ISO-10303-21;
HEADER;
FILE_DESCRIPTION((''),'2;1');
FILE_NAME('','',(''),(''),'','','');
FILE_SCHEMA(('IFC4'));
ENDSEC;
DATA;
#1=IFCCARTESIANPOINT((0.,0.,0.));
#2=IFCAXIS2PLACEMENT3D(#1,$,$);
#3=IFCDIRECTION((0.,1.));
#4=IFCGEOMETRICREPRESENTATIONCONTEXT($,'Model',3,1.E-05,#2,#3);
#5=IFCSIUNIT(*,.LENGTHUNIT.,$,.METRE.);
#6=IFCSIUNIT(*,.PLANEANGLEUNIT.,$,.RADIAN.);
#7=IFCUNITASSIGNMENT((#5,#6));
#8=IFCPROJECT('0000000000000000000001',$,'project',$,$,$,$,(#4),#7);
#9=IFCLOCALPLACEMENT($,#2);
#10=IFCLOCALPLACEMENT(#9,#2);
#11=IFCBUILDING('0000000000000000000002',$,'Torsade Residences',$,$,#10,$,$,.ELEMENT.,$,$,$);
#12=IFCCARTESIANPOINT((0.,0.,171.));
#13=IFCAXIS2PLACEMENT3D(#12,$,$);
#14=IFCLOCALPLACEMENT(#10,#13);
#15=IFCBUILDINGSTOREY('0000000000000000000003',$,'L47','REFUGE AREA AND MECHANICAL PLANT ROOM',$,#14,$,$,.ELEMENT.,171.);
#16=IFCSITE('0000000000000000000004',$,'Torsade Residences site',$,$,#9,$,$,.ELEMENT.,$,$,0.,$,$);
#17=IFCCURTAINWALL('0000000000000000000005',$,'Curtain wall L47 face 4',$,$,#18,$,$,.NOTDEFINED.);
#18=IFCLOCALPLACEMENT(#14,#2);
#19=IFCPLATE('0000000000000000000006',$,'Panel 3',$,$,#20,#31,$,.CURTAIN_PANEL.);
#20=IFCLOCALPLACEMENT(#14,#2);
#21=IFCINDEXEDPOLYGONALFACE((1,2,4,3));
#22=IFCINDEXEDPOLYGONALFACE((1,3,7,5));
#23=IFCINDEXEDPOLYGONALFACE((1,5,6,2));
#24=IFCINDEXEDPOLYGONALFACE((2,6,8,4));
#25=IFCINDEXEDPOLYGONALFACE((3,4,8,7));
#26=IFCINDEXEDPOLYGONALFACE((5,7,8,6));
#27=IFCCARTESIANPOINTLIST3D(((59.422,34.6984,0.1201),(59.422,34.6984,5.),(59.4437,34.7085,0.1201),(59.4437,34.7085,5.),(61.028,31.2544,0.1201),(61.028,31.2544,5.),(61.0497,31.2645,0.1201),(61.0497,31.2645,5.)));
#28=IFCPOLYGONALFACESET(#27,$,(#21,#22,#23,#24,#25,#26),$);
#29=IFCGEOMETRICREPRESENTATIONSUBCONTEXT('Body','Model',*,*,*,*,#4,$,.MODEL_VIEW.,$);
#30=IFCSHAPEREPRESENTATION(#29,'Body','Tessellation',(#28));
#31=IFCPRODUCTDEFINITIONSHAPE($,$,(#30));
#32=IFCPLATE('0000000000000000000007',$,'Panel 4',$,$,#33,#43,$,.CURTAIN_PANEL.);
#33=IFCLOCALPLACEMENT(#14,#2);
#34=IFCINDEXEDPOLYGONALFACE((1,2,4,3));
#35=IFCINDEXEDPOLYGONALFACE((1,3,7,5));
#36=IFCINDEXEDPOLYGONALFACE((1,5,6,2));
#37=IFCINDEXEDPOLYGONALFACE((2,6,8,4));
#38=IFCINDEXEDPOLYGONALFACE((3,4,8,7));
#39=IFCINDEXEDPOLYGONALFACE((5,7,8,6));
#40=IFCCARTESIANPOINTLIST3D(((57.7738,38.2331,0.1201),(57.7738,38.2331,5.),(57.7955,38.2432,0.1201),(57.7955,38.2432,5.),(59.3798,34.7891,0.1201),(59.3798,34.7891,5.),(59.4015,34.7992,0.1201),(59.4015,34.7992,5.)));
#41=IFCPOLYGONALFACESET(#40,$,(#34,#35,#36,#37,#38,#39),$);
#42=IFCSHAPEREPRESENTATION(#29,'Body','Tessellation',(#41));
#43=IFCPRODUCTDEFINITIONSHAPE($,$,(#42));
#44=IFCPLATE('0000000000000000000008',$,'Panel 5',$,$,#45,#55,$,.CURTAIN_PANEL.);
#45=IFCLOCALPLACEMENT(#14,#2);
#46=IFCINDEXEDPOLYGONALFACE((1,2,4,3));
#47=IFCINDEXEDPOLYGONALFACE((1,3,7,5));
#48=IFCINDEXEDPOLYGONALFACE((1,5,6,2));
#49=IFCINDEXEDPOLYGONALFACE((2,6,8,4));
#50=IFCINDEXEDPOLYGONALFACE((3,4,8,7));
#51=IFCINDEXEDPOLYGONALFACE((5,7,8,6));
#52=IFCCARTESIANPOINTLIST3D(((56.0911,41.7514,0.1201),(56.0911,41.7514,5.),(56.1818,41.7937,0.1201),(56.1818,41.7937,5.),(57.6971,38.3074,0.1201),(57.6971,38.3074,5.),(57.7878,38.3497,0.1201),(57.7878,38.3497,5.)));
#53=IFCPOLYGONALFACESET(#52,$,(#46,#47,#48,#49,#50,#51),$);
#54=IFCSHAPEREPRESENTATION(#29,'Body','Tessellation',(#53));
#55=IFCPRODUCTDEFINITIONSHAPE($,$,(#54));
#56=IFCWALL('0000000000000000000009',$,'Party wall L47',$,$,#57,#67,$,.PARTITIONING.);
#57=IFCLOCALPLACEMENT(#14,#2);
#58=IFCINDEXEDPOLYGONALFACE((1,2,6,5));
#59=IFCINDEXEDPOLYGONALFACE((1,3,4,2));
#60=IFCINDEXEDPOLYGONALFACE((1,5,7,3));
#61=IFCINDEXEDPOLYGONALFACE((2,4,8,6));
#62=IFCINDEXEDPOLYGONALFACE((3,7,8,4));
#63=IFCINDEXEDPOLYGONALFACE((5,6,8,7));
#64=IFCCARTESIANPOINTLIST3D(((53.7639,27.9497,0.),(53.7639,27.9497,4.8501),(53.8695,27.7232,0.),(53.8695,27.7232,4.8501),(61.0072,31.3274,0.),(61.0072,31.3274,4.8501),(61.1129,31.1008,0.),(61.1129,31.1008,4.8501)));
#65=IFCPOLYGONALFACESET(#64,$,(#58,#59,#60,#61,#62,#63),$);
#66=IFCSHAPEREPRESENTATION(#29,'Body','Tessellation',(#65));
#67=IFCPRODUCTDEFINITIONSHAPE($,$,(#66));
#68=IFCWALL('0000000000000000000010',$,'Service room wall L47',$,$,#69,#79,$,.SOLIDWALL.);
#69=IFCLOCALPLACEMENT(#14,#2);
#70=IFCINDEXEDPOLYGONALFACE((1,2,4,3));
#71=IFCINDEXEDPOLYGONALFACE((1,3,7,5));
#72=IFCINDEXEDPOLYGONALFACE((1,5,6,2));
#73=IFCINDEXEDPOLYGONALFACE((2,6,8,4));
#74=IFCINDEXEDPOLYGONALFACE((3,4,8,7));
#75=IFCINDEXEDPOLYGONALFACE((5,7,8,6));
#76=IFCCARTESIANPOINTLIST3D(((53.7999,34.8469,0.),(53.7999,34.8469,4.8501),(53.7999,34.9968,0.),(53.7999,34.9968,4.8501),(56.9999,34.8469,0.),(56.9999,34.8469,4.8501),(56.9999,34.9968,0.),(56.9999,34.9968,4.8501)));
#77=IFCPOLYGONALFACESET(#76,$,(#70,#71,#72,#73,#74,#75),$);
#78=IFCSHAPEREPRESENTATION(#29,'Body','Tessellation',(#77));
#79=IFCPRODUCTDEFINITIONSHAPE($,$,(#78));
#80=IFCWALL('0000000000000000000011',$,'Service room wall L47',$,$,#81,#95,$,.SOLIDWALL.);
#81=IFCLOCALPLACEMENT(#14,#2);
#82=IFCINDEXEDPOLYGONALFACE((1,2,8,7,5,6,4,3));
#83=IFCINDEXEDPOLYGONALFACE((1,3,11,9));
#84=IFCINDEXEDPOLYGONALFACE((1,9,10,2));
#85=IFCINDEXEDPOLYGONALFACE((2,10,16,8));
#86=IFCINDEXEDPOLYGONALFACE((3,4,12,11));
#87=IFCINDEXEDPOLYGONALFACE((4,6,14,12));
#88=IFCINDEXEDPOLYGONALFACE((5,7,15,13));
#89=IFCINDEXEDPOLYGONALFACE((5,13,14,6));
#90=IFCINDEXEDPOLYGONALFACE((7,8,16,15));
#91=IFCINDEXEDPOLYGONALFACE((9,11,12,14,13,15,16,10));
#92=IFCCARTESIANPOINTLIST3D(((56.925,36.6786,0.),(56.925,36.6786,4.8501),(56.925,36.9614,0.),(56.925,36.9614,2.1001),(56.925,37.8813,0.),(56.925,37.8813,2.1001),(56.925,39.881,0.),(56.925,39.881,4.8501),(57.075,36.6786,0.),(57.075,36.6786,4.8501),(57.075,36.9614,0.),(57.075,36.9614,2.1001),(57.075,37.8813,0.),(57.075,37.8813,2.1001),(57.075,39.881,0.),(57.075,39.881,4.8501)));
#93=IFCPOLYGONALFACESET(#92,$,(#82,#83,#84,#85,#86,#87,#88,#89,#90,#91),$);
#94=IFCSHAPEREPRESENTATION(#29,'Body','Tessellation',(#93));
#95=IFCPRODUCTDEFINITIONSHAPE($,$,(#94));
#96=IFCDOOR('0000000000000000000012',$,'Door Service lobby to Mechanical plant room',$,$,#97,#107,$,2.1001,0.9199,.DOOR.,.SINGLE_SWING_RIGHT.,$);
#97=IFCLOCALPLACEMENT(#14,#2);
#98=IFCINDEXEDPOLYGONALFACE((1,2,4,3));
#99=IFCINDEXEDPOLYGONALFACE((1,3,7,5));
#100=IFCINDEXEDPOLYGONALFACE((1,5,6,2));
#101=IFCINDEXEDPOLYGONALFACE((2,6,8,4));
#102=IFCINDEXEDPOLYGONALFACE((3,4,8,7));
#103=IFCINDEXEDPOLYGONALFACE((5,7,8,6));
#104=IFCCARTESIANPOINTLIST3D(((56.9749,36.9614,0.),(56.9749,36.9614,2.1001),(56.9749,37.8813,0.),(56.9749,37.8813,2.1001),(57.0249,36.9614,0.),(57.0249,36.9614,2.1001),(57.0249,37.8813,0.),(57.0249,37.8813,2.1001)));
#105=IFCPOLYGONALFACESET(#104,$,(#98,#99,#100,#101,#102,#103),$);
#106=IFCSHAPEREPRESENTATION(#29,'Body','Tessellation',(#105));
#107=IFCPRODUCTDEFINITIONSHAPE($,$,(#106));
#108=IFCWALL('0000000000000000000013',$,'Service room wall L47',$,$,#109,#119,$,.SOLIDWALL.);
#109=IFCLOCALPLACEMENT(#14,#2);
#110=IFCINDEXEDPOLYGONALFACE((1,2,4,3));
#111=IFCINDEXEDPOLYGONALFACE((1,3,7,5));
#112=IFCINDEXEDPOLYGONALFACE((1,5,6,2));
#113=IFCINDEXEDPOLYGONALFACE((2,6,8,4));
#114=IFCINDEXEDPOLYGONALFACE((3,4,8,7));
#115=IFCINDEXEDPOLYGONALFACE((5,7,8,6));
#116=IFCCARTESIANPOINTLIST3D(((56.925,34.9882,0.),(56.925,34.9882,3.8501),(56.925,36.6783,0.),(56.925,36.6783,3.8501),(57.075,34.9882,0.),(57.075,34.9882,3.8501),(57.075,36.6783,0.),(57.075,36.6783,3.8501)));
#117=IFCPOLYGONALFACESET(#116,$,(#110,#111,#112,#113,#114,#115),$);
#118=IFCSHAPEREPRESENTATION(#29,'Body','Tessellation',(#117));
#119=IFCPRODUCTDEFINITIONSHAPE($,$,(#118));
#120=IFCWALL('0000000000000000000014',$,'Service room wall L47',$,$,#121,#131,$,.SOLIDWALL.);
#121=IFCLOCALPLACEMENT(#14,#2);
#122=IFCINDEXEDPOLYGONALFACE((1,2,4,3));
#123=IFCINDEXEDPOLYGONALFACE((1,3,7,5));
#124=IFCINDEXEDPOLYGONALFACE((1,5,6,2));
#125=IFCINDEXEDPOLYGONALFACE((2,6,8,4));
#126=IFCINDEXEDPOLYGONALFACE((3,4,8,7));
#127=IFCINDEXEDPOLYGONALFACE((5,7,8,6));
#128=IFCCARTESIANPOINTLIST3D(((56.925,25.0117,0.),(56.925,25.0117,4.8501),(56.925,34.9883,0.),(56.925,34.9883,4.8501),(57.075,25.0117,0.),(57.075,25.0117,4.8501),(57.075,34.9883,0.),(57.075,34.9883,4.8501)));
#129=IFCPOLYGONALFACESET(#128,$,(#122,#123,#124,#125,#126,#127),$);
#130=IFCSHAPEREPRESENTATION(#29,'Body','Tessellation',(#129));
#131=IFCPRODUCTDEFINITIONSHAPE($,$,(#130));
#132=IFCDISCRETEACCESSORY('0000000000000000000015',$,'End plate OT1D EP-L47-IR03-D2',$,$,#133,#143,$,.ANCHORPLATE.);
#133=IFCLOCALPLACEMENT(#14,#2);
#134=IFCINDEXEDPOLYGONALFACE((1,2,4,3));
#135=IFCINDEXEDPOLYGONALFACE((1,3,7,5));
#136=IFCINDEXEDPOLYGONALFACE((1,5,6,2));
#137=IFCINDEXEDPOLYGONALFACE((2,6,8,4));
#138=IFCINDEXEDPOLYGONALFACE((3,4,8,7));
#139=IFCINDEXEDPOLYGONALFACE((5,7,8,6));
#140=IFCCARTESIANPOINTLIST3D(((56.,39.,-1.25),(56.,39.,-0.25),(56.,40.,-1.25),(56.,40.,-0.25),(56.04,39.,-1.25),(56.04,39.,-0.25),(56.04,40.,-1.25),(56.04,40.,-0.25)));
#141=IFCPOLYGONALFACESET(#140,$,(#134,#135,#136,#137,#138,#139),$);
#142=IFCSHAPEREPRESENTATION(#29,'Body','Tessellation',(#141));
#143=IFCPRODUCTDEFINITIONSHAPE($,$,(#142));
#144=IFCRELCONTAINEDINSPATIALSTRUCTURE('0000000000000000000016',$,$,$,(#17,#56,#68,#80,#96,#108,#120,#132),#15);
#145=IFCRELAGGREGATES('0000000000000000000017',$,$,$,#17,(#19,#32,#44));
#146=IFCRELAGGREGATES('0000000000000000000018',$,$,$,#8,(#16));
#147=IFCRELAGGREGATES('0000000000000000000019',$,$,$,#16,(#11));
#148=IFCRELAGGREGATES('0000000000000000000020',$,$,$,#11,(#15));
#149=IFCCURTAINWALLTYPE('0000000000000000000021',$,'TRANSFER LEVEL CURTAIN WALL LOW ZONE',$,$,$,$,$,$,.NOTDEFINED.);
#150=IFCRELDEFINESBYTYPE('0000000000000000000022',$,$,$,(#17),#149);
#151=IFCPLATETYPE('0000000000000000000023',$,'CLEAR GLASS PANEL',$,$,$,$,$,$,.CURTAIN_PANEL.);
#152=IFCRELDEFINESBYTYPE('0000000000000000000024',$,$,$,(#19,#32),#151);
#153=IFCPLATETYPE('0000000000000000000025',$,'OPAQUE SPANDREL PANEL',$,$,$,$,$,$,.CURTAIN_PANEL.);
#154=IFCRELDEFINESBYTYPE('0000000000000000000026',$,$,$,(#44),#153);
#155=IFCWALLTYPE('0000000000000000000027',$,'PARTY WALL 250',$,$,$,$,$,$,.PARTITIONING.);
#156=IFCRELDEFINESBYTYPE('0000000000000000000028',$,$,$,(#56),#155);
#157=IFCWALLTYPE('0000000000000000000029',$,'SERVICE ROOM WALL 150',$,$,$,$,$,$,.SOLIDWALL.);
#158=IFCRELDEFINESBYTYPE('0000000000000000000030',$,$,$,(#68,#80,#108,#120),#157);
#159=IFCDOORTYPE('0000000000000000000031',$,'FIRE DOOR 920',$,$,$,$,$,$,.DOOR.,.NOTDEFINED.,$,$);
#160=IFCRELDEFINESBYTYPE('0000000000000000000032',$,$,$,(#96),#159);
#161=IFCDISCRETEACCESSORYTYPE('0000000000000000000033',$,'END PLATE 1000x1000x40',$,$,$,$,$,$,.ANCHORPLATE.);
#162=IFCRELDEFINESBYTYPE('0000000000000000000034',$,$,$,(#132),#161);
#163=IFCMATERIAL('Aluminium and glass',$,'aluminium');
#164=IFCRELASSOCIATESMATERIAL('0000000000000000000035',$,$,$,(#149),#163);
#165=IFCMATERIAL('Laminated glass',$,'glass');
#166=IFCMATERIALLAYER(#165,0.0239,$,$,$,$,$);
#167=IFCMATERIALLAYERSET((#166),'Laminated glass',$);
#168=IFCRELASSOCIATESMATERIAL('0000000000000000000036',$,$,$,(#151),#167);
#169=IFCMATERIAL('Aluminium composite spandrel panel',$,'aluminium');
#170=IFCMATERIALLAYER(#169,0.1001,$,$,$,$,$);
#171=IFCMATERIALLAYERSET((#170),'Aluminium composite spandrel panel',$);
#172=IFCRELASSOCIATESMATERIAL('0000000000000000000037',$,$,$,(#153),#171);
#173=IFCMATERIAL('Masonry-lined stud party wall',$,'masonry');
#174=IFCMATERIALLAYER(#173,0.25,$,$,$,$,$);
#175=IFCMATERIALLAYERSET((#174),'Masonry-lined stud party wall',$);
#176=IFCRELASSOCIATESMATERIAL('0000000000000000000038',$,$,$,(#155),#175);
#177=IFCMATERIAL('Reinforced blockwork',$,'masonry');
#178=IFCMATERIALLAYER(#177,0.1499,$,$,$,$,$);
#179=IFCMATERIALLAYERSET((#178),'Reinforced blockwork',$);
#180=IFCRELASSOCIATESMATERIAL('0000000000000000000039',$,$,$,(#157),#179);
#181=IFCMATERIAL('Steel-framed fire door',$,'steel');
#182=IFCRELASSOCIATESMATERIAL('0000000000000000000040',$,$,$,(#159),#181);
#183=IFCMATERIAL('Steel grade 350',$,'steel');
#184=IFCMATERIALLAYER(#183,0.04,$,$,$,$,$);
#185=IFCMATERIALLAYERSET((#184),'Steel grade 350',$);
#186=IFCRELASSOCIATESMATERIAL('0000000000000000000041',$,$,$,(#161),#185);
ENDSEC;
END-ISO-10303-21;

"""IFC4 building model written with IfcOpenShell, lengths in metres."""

from ifc_helpers import new_model, si_unit, direction, frame, frame_2d, origin, origin_2d, place, context, subcontext, project, spatial, rectangle, extrude, material, layer, layer_set, type_object, element, fill, aggregate, save


model = new_model("IFC4")

# Units and contexts
model_context = context("Model", 3, precision=1e-05, world=origin(), true_north=direction((0.0, 1.0)))
body_context = subcontext(model_context, "Body", "Model", "MODEL_VIEW")
ifc_project = project(units=[si_unit("LENGTHUNIT", "METRE"), si_unit("PLANEANGLEUNIT", "RADIAN")], contexts=[model_context])

# Site, building, storey
site_placement = place(None, origin())
site = spatial("IfcSite", under=ifc_project, at=site_placement, Name="Torsade Residences site", CompositionType="ELEMENT", RefElevation=0.0)
building_placement = place(site_placement, origin())
building = spatial("IfcBuilding", under=site, at=building_placement, Name="Torsade Residences", CompositionType="ELEMENT")
storey_placement = place(building_placement, frame((0.0, 0.0, 171.0)))
storey = spatial("IfcBuildingStorey", under=building, at=storey_placement, Name="L47", Description="REFUGE AREA AND MECHANICAL PLANT ROOM", CompositionType="ELEMENT", Elevation=171.0)

# Curtain wall
ifc_material_1 = material(Name="Aluminium and glass", Category="aluminium")
curtain_wall_type = type_object("IfcCurtainWallType", Name="TRANSFER LEVEL CURTAIN WALL LOW ZONE", PredefinedType="NOTDEFINED", material=ifc_material_1)
curtain_wall_placement = place(storey_placement, origin())
curtain_wall = element("IfcCurtainWall", 1, at=curtain_wall_placement, inside=storey, type_object=curtain_wall_type, Name="Curtain wall L47 face 4", PredefinedType="NOTDEFINED")

# Plates
ifc_material_2 = material(Name="Laminated glass", Category="glass")
ifc_layer_1 = layer(ifc_material_2, 0.0239)
ifc_layer_set_1 = layer_set([ifc_layer_1], Name="Laminated glass")
plate_type_1 = type_object("IfcPlateType", Name="CLEAR GLASS PANEL", PredefinedType="CURTAIN_PANEL", material=ifc_layer_set_1)
plate_1_placement = place(storey_placement, frame((60.2358, 32.9814, 0.1201), z_axis=(0.0, 0.0, 1.0), x_axis=(-0.422618, 0.906308, 0.0)))
plate_1 = element("IfcPlate", 2, at=plate_1_placement, type_object=plate_type_1, Name="Panel 3", PredefinedType="CURTAIN_PANEL", context=body_context, shape_type="SweptSolid", body=[
    extrude(rectangle(XDim=3.8, YDim=0.0239, at=origin_2d()), origin(), (0.0, 0.0, 1.0), 4.8799),
])
plate_2_placement = place(storey_placement, frame((58.5876, 36.5161, 0.1201), z_axis=(0.0, 0.0, 1.0), x_axis=(-0.422618, 0.906308, 0.0)))
plate_2 = element("IfcPlate", 3, at=plate_2_placement, type_object=plate_type_1, Name="Panel 4", PredefinedType="CURTAIN_PANEL", context=body_context, shape_type="SweptSolid", body=[
    extrude(rectangle(XDim=3.8, YDim=0.0239, at=origin_2d()), origin(), (0.0, 0.0, 1.0), 4.8799),
])
ifc_material_3 = material(Name="Aluminium composite spandrel panel", Category="aluminium")
ifc_layer_2 = layer(ifc_material_3, 0.1001)
ifc_layer_set_2 = layer_set([ifc_layer_2], Name="Aluminium composite spandrel panel")
plate_type_2 = type_object("IfcPlateType", Name="OPAQUE SPANDREL PANEL", PredefinedType="CURTAIN_PANEL", material=ifc_layer_set_2)
plate_3_placement = place(storey_placement, frame((56.9395, 40.0505, 0.1201), z_axis=(0.0, 0.0, 1.0), x_axis=(-0.422618, 0.906308, 0.0)))
plate_3 = element("IfcPlate", 4, at=plate_3_placement, type_object=plate_type_2, Name="Panel 5", PredefinedType="CURTAIN_PANEL", context=body_context, shape_type="SweptSolid", body=[
    extrude(rectangle(XDim=3.8, YDim=0.1001, at=origin_2d()), origin(), (0.0, 0.0, 1.0), 4.8799),
])
aggregate(curtain_wall, [plate_1, plate_2, plate_3])

# Walls
ifc_material_4 = material(Name="Masonry-lined stud party wall", Category="masonry")
ifc_layer_3 = layer(ifc_material_4, 0.25)
ifc_layer_set_3 = layer_set([ifc_layer_3], Name="Masonry-lined stud party wall")
wall_type_1 = type_object("IfcWallType", Name="PARTY WALL 250", PredefinedType="PARTITIONING", material=ifc_layer_set_3)
wall_1_placement = place(storey_placement, frame((61.0601, 31.2141, 0.0), z_axis=(0.0, 0.0, 1.0), x_axis=(-0.906306, -0.422621, 0.0)))
element("IfcWall", 5, at=wall_1_placement, inside=storey, type_object=wall_type_1, Name="Party wall L47", PredefinedType="PARTITIONING", context=body_context, shape_type="SweptSolid", body=[
    extrude(rectangle(XDim=7.9922, YDim=0.25, at=frame_2d((3.9961, 0.0))), origin(), (0.0, 0.0, 1.0), 4.8501),
])
ifc_material_5 = material(Name="Reinforced blockwork", Category="masonry")
ifc_layer_4 = layer(ifc_material_5, 0.1499)
ifc_layer_set_4 = layer_set([ifc_layer_4], Name="Reinforced blockwork")
wall_type_2 = type_object("IfcWallType", Name="SERVICE ROOM WALL 150", PredefinedType="SOLIDWALL", material=ifc_layer_set_4)
wall_2_placement = place(storey_placement, frame((57.0, 34.9219, 0.0), z_axis=(0.0, 0.0, 1.0), x_axis=(-1.0, 0.0, 0.0)))
element("IfcWall", 6, at=wall_2_placement, inside=storey, type_object=wall_type_2, Name="Service room wall L47", PredefinedType="SOLIDWALL", context=body_context, shape_type="SweptSolid", body=[
    extrude(rectangle(XDim=3.2, YDim=0.1499, at=frame_2d((1.6001, 0.0))), origin(), (0.0, 0.0, 1.0), 4.8501),
])

# Wall, opening, door
wall_3_placement = place(storey_placement, frame((57.0, 39.8809, 0.0), z_axis=(0.0, 0.0, 1.0), x_axis=(0.0, -1.0, 0.0)))
wall_3 = element("IfcWall", 7, at=wall_3_placement, inside=storey, type_object=wall_type_2, Name="Service room wall L47", PredefinedType="SOLIDWALL", context=body_context, shape_type="SweptSolid", body=[
    extrude(rectangle(XDim=3.2024, YDim=0.1499, at=frame_2d((1.6011, 0.0))), origin(), (0.0, 0.0, 1.0), 4.8501),
])
opening_placement = place(wall_3_placement, frame((1.9995, 0.0, 0.0)))
opening = element("IfcOpeningElement", 8, at=opening_placement, cuts=wall_3, PredefinedType="OPENING", context=body_context, shape_type="SweptSolid", body=[
    extrude(rectangle(XDim=0.9199, YDim=2.1001, at=frame_2d((0.46, 1.05))), frame((0.0, 0.085, 0.0), z_axis=(0.0, -1.0, 0.0), x_axis=(1.0, 0.0, 0.0)), (0.0, 0.0, 1.0), 0.1699),
])
ifc_material_6 = material(Name="Steel-framed fire door", Category="steel")
door_type = type_object("IfcDoorType", Name="FIRE DOOR 920", OperationType="NOTDEFINED", PredefinedType="DOOR", material=ifc_material_6)
door_placement = place(opening_placement, origin())
door = element("IfcDoor", 9, at=door_placement, inside=storey, type_object=door_type, Name="Door Service lobby to Mechanical plant room", OperationType="SINGLE_SWING_RIGHT", OverallHeight=2.1001, OverallWidth=0.9199, PredefinedType="DOOR", context=body_context, shape_type="SweptSolid", body=[
    extrude(rectangle(XDim=0.9199, YDim=2.1001, at=frame_2d((0.46, 1.05))), frame((0.0, 0.0249, 0.0), z_axis=(0.0, -1.0, 0.0), x_axis=(1.0, 0.0, 0.0)), (0.0, 0.0, 1.0), 0.05),
])
fill(opening, door)

# Walls
wall_4_placement = place(storey_placement, frame((57.0, 36.6785, 0.0), z_axis=(0.0, 0.0, 1.0), x_axis=(0.0, -1.0, 0.0)))
element("IfcWall", 10, at=wall_4_placement, inside=storey, type_object=wall_type_2, Name="Service room wall L47", PredefinedType="SOLIDWALL", context=body_context, shape_type="SweptSolid", body=[
    extrude(rectangle(XDim=1.6902, YDim=0.1499, at=frame_2d((0.8452, 0.0))), origin(), (0.0, 0.0, 1.0), 3.8501),
])
wall_5_placement = place(storey_placement, frame((57.0, 34.9883, 0.0), z_axis=(0.0, 0.0, 1.0), x_axis=(0.0, -1.0, 0.0)))
element("IfcWall", 11, at=wall_5_placement, inside=storey, type_object=wall_type_2, Name="Service room wall L47", PredefinedType="SOLIDWALL", context=body_context, shape_type="SweptSolid", body=[
    extrude(rectangle(XDim=9.9766, YDim=0.1499, at=frame_2d((4.9883, 0.0))), origin(), (0.0, 0.0, 1.0), 4.8501),
])

# Discrete accessory
ifc_material_7 = material(Name="Steel grade 350", Category="steel")
ifc_layer_5 = layer(ifc_material_7, 0.04)
ifc_layer_set_5 = layer_set([ifc_layer_5], Name="Steel grade 350")
discrete_accessory_type = type_object("IfcDiscreteAccessoryType", Name="END PLATE 1000x1000x40", PredefinedType="ANCHORPLATE", material=ifc_layer_set_5)
discrete_accessory_placement = place(storey_placement, frame((56.02, 39.5, -1.25), z_axis=(0.0, 0.0, 1.0), x_axis=(1.0, 0.0, 0.0)))
element("IfcDiscreteAccessory", 12, at=discrete_accessory_placement, inside=storey, type_object=discrete_accessory_type, Name="End plate OT1D EP-L47-IR03-D2", PredefinedType="ANCHORPLATE", context=body_context, shape_type="SweptSolid", body=[
    extrude(rectangle(XDim=0.04, YDim=1.0, at=origin_2d()), origin(), (0.0, 0.0, 1.0), 1.0),
])

save(model, "model.ifc")
